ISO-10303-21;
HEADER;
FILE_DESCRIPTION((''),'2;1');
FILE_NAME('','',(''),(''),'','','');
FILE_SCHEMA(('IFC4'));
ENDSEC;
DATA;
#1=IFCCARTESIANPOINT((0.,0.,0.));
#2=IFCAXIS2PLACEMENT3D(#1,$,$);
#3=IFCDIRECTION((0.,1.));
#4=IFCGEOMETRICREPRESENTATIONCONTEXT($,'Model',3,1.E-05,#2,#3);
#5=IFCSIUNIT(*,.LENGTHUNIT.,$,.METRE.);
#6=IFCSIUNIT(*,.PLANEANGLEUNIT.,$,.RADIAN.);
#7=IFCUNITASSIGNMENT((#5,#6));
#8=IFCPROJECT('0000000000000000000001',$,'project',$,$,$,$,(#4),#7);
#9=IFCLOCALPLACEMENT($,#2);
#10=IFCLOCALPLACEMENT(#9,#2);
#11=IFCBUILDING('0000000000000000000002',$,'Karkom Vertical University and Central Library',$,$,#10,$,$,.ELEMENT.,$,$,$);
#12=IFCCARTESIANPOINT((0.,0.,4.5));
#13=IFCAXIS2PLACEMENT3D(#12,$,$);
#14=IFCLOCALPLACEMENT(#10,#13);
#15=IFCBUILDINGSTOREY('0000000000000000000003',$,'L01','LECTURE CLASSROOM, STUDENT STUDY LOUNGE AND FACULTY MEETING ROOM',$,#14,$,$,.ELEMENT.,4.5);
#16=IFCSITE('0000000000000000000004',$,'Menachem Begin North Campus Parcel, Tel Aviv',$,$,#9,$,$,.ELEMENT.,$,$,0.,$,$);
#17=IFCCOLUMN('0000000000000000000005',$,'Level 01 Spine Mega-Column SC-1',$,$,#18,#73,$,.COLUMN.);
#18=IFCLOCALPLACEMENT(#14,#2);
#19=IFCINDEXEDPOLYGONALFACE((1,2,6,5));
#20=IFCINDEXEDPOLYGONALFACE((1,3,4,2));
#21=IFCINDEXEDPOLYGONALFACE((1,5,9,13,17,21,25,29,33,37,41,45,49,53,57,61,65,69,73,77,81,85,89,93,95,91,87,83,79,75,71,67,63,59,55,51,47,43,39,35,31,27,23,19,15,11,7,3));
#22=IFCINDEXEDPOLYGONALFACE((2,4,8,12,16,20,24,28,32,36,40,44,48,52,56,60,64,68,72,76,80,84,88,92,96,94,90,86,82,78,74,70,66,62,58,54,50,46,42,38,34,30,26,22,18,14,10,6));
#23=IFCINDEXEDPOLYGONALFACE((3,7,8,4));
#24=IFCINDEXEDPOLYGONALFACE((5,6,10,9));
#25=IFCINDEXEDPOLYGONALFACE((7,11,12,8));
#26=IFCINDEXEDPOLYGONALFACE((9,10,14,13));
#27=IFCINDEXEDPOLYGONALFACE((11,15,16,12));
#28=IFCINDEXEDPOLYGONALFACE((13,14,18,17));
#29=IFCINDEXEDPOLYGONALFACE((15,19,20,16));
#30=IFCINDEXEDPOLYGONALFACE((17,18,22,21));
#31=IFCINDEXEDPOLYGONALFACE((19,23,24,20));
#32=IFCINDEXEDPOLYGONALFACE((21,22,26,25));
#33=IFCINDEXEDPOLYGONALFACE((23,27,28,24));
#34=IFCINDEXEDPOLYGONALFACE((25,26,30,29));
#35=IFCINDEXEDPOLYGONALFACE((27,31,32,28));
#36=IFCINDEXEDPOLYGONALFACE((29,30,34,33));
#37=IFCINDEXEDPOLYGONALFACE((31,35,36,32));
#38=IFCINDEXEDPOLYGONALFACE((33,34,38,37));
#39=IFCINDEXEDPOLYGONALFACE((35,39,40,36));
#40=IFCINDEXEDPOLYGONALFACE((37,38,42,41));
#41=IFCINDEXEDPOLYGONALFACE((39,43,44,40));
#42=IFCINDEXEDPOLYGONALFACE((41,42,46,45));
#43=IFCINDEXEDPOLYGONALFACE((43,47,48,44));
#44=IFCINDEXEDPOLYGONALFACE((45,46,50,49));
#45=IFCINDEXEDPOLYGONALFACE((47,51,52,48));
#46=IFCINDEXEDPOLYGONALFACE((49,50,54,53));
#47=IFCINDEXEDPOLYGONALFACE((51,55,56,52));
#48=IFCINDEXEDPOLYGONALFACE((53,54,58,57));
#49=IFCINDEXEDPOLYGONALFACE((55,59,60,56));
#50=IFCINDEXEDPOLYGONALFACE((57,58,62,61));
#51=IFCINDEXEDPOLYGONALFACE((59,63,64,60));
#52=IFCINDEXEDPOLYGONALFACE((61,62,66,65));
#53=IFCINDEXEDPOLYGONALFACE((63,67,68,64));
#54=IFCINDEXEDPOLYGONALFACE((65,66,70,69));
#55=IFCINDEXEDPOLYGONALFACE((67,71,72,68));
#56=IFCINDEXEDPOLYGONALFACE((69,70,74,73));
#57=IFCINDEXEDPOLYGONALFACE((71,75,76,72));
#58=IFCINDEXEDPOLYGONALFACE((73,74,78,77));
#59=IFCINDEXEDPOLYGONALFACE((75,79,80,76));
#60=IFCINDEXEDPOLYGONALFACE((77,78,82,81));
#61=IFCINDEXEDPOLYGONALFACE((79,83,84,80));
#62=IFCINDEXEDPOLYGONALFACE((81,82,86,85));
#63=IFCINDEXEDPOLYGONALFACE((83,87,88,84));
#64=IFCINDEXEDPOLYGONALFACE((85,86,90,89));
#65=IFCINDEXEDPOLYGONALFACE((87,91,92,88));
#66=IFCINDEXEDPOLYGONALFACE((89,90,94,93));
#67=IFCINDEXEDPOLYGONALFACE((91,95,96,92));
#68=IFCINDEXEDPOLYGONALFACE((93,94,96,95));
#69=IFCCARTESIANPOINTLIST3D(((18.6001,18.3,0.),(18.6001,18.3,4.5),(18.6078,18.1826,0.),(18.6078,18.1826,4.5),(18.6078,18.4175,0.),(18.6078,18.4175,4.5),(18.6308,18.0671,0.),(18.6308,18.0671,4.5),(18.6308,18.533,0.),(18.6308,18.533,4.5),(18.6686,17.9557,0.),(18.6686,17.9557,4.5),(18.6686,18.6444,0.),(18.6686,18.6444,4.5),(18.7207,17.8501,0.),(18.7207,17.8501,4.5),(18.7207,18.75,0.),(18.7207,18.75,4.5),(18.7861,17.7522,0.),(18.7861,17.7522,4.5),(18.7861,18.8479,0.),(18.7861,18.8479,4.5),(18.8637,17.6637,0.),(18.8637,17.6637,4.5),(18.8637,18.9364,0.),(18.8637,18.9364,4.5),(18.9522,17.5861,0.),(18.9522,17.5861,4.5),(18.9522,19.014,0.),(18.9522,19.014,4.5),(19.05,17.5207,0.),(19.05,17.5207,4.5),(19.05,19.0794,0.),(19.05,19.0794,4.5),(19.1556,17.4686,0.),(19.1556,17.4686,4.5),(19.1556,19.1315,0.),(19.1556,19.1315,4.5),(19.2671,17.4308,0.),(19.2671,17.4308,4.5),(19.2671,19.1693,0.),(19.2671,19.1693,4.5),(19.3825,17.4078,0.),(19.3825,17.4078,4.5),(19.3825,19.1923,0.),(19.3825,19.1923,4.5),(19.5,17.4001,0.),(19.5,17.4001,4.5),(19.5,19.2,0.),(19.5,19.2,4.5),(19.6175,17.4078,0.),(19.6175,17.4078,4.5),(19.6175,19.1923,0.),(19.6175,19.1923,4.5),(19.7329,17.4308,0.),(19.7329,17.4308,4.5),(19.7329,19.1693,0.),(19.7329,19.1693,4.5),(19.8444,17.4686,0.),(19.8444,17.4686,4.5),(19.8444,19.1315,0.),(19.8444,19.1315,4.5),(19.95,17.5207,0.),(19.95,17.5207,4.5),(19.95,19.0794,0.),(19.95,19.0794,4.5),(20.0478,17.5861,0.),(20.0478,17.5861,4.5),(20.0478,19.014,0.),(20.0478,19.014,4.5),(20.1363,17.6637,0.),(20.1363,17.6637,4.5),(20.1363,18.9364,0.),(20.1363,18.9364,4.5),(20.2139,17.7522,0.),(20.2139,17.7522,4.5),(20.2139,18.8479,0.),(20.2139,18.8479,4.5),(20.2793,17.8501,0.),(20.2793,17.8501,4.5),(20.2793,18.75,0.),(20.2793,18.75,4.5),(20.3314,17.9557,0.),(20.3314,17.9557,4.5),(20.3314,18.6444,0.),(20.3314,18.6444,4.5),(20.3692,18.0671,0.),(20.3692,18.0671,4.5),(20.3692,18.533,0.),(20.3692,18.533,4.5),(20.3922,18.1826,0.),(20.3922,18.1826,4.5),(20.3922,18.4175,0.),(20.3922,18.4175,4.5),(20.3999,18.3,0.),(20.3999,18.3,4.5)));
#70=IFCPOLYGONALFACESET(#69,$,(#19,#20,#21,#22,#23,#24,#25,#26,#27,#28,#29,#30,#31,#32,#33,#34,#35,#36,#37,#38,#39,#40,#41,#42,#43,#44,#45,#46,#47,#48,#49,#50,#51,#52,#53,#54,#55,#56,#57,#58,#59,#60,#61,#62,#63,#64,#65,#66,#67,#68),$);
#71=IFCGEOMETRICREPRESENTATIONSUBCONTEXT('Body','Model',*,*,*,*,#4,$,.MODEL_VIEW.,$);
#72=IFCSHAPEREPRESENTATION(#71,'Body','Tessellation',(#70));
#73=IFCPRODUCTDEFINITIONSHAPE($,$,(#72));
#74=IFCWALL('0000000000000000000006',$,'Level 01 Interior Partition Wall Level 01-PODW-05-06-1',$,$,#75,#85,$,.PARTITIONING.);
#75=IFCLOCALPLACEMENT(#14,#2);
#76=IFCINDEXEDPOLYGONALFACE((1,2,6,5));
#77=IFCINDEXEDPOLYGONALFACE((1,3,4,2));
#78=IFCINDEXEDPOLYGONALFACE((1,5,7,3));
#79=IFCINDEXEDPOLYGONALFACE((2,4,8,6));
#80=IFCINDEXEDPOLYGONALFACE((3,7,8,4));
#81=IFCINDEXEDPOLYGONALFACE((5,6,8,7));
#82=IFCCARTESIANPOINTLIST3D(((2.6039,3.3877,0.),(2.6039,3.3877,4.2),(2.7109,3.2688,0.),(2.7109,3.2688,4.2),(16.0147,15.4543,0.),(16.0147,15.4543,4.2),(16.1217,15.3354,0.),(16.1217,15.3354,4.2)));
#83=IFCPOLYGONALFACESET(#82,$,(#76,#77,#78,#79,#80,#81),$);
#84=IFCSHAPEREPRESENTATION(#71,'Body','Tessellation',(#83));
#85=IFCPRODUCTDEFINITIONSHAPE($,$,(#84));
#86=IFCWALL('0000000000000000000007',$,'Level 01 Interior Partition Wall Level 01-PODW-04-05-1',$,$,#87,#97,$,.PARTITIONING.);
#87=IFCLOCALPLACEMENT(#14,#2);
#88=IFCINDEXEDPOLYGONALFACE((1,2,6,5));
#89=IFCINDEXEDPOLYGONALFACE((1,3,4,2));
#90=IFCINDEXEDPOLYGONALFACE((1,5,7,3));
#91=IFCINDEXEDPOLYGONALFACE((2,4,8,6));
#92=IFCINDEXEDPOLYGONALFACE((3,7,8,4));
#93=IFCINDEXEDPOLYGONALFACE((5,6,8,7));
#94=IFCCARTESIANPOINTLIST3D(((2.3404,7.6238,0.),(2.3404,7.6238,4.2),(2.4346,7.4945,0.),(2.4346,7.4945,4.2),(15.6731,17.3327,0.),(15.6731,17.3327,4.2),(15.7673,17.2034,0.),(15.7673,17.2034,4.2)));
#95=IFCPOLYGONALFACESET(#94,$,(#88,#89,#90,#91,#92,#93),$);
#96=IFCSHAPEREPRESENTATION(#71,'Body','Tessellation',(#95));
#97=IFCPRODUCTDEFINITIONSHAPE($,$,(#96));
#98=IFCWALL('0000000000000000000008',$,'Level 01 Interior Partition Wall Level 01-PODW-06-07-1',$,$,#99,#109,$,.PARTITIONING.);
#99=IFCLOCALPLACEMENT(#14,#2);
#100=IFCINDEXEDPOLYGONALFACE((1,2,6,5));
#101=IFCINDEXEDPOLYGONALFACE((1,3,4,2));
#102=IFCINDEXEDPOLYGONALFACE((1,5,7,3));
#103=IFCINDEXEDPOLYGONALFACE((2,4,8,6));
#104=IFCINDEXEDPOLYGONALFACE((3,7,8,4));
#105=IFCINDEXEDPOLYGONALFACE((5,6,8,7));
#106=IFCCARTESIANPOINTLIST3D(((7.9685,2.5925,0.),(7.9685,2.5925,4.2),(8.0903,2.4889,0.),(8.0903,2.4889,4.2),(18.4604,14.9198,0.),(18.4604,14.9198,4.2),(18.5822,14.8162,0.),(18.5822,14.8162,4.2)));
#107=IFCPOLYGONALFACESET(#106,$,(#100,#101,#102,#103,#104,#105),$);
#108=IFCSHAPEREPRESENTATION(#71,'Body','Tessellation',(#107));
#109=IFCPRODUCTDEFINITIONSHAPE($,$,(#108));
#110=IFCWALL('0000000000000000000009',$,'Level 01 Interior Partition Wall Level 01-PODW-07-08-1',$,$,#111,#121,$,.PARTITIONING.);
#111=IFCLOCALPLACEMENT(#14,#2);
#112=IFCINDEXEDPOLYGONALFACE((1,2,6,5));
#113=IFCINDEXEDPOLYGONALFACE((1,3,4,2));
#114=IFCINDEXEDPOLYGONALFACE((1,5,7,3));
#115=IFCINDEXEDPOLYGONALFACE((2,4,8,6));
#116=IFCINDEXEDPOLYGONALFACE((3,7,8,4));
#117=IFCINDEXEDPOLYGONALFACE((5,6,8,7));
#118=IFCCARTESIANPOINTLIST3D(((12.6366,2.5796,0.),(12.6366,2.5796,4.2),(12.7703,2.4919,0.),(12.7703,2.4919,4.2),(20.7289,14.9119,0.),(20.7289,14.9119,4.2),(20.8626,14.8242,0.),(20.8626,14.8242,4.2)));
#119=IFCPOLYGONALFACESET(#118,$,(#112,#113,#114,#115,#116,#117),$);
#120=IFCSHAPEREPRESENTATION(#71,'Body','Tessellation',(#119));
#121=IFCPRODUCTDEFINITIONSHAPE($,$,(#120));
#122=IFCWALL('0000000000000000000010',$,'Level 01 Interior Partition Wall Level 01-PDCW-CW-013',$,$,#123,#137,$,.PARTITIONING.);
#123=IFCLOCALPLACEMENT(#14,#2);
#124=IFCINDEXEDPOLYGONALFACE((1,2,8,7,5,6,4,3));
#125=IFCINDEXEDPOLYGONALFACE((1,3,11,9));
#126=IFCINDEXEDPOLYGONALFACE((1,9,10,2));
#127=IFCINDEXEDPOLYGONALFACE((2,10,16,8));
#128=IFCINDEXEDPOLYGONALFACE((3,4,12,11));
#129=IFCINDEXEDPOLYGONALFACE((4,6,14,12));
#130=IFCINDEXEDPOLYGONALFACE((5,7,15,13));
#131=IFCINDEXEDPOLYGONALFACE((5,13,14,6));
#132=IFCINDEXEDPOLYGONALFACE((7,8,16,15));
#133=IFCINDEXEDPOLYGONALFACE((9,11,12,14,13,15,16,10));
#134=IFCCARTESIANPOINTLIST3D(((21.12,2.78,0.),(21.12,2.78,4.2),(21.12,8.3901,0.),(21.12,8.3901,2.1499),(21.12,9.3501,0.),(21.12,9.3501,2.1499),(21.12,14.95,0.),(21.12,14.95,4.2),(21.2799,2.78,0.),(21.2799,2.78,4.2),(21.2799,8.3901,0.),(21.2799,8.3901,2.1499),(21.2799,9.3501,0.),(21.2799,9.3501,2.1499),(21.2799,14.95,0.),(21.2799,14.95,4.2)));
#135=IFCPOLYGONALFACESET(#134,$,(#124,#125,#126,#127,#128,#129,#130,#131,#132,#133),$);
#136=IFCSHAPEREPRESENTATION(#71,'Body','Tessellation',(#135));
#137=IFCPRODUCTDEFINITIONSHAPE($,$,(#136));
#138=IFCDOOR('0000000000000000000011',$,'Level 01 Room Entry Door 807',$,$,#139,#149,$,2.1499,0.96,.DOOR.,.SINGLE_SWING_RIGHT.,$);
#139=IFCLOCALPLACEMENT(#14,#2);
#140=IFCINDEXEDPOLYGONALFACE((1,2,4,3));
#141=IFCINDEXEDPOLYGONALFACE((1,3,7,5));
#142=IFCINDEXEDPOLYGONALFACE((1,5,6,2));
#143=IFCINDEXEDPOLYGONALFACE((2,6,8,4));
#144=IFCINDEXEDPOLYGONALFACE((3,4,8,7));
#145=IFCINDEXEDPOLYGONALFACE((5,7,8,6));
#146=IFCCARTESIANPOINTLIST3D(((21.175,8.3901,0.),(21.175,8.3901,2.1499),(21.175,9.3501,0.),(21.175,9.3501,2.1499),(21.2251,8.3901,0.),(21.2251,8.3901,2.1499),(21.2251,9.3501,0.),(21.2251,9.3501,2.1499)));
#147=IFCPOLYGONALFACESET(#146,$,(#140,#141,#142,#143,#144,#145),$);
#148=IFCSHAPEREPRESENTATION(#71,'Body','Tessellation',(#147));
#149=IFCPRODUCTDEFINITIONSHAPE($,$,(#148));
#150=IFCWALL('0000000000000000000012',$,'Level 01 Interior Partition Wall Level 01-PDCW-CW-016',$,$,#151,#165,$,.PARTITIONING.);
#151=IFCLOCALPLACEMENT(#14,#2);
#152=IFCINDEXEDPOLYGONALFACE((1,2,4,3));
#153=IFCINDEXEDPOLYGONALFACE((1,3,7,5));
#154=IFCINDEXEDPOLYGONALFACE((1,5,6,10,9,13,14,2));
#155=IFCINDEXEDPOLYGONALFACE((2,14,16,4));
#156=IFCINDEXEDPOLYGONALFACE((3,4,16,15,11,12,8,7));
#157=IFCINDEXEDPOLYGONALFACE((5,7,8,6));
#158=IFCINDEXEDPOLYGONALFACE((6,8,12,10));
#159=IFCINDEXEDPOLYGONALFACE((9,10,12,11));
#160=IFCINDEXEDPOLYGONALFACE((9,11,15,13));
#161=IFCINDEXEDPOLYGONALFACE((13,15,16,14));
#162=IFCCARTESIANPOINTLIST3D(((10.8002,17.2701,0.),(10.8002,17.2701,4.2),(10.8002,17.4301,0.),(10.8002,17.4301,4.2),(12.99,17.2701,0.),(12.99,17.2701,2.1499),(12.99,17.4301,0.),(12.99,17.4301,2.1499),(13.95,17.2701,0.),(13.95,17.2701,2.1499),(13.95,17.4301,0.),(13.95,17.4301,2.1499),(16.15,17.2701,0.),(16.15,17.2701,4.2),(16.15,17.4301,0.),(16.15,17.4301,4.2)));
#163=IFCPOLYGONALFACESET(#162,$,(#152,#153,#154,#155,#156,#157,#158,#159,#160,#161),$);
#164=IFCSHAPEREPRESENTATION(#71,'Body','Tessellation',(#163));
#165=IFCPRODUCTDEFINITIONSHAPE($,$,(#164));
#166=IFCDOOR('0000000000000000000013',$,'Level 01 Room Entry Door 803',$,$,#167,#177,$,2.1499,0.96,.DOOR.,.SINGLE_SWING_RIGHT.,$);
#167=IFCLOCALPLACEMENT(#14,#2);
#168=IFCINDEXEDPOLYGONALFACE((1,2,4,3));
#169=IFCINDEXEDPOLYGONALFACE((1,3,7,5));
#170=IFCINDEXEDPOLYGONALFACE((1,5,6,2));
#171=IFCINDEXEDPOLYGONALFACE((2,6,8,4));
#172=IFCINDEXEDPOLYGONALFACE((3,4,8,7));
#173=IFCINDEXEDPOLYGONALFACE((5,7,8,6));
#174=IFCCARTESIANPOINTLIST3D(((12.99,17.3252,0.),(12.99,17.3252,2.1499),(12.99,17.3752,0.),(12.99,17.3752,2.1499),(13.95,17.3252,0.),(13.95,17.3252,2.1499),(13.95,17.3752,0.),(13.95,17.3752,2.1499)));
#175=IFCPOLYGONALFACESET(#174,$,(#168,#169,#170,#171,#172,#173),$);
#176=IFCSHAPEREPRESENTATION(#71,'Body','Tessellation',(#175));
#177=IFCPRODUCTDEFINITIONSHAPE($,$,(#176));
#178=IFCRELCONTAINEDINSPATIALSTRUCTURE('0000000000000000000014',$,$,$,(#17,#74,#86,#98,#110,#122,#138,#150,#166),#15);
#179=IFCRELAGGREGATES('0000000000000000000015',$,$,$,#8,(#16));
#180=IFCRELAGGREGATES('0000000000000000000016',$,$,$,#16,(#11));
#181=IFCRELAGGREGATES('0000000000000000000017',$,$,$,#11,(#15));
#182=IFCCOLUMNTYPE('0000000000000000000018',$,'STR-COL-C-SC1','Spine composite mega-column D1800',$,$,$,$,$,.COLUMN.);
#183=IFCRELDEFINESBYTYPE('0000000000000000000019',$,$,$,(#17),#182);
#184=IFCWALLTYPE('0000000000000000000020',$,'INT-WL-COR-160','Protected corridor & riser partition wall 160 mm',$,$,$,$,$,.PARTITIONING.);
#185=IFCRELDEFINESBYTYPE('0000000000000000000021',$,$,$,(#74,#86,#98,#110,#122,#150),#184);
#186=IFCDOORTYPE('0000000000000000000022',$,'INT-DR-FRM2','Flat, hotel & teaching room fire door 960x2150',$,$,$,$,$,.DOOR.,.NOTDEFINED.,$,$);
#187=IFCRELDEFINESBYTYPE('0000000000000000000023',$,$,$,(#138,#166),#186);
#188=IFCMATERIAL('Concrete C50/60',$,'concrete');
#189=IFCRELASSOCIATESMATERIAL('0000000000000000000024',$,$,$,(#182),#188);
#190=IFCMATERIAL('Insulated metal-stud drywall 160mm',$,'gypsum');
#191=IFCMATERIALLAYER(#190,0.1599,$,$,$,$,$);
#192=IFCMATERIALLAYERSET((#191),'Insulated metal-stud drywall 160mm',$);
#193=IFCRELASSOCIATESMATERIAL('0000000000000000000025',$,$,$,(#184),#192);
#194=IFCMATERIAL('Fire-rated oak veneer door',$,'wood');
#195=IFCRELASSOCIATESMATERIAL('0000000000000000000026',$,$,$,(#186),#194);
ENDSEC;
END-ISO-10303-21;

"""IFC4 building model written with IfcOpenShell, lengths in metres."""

from ifc_helpers import new_model, si_unit, direction, frame, frame_2d, origin, origin_with_axes, origin_2d, place, context, subcontext, project, spatial, rectangle, circle, extrude, source, transform, mapped, material, layer, layer_set, material_profile, profile_set, type_object, element, fill, save


model = new_model("IFC4")

# Units and contexts
model_context = context("Model", 3, precision=1e-05, world=origin(), true_north=direction((0.0, 1.0)))
body_context = subcontext(model_context, "Body", "Model", "MODEL_VIEW")
ifc_project = project(units=[si_unit("LENGTHUNIT", "METRE"), si_unit("PLANEANGLEUNIT", "RADIAN")], contexts=[model_context])

# Site, building, storey
site_placement = place(None, origin())
site = spatial("IfcSite", under=ifc_project, at=site_placement, Name="Menachem Begin North Campus Parcel, Tel Aviv", CompositionType="ELEMENT", RefElevation=0.0)
building_placement = place(site_placement, origin())
building = spatial("IfcBuilding", under=site, at=building_placement, Name="Karkom Vertical University and Central Library", CompositionType="ELEMENT")
storey_placement = place(building_placement, frame((0.0, 0.0, 4.5)))
storey = spatial("IfcBuildingStorey", under=building, at=storey_placement, Name="L01", Description="LECTURE CLASSROOM, STUDENT STUDY LOUNGE AND FACULTY MEETING ROOM", CompositionType="ELEMENT", Elevation=4.5)

# Column
ifc_material_1 = material(Name="Concrete C50/60", Category="concrete")
ifc_material_profile = material_profile(ifc_material_1, circle(Radius=0.8999, at=origin_2d()), Name="CFT-D1800")
ifc_profile_set = profile_set([ifc_material_profile], Name="Concrete C50/60")
column_type = type_object("IfcColumnType", Name="STR-COL-C-SC1", Description="Spine composite mega-column D1800", PredefinedType="COLUMN", material=ifc_profile_set)
shared_shape_1 = source(origin_with_axes(), body_context, "Body", "SweptSolid", [
    extrude(circle(Radius=0.8999, at=origin_2d()), origin(), (0.0, 0.0, 1.0), 4.5),
])
column_placement = place(storey_placement, frame((19.5, 18.3, 0.0), z_axis=(0.0, 0.0, 1.0), x_axis=(1.0, 0.0, 0.0)))
element("IfcColumn", 1, at=column_placement, inside=storey, type_object=column_type, Name="Level 01 Spine Mega-Column SC-1", PredefinedType="COLUMN", context=body_context, shape_type="MappedRepresentation", body=[
    mapped(shared_shape_1, transform((0.0, 0.0, 0.0), scale=1.0)),
])

# Walls
ifc_material_2 = material(Name="Insulated metal-stud drywall 160mm", Category="gypsum")
ifc_layer_1 = layer(ifc_material_2, 0.1599)
ifc_layer_set_1 = layer_set([ifc_layer_1], Name="Insulated metal-stud drywall 160mm")
wall_type_1 = type_object("IfcWallType", Name="INT-WL-COR-160", Description="Protected corridor & riser partition wall 160 mm", PredefinedType="PARTITIONING", material=ifc_layer_set_1)
wall_1_placement = place(storey_placement, frame((16.0681, 15.3948, 0.0), z_axis=(0.0, 0.0, 1.0), x_axis=(-0.743381, -0.668868, 0.0)))
element("IfcWall", 2, at=wall_1_placement, inside=storey, type_object=wall_type_1, Name="Level 01 Interior Partition Wall Level 01-PODW-05-06-1", PredefinedType="PARTITIONING", context=body_context, shape_type="SweptSolid", body=[
    extrude(rectangle(XDim=18.0403, YDim=0.1599, at=frame_2d((9.02, 0.0))), origin(), (0.0, 0.0, 1.0), 4.2),
])
wall_2_placement = place(storey_placement, frame((15.7202, 17.2681, 0.0), z_axis=(0.0, 0.0, 1.0), x_axis=(-0.808377, -0.588664, 0.0)))
element("IfcWall", 3, at=wall_2_placement, inside=storey, type_object=wall_type_1, Name="Level 01 Interior Partition Wall Level 01-PODW-04-05-1", PredefinedType="PARTITIONING", context=body_context, shape_type="SweptSolid", body=[
    extrude(rectangle(XDim=16.4932, YDim=0.1599, at=frame_2d((8.2466, 0.0))), origin(), (0.0, 0.0, 1.0), 4.2),
])
wall_3_placement = place(storey_placement, frame((18.5212, 14.8679, 0.0), z_axis=(0.0, 0.0, 1.0), x_axis=(-0.648138, -0.761523, 0.0)))
element("IfcWall", 4, at=wall_3_placement, inside=storey, type_object=wall_type_1, Name="Level 01 Interior Partition Wall Level 01-PODW-06-07-1", PredefinedType="PARTITIONING", context=body_context, shape_type="SweptSolid", body=[
    extrude(rectangle(XDim=16.1877, YDim=0.1599, at=frame_2d((8.0938, 0.0))), origin(), (0.0, 0.0, 1.0), 4.2),
])
wall_4_placement = place(storey_placement, frame((20.7957, 14.8679, 0.0), z_axis=(0.0, 0.0, 1.0), x_axis=(-0.54862, -0.836072, 0.0)))
element("IfcWall", 5, at=wall_4_placement, inside=storey, type_object=wall_type_1, Name="Level 01 Interior Partition Wall Level 01-PODW-07-08-1", PredefinedType="PARTITIONING", context=body_context, shape_type="SweptSolid", body=[
    extrude(rectangle(XDim=14.7502, YDim=0.1599, at=frame_2d((7.375, 0.0))), origin(), (0.0, 0.0, 1.0), 4.2),
])

# Walls, openings, doors
wall_5_placement = place(storey_placement, frame((21.2, 2.78, 0.0), z_axis=(0.0, 0.0, 1.0), x_axis=(0.0, 1.0, 0.0)))
wall_5 = element("IfcWall", 6, at=wall_5_placement, inside=storey, type_object=wall_type_1, Name="Level 01 Interior Partition Wall Level 01-PDCW-CW-013", PredefinedType="PARTITIONING", context=body_context, shape_type="SweptSolid", body=[
    extrude(rectangle(XDim=12.1699, YDim=0.1599, at=frame_2d((6.085, 0.0))), origin(), (0.0, 0.0, 1.0), 4.2),
])
opening_1_placement = place(wall_5_placement, frame((5.6101, 0.0, 0.0)))
opening_1 = element("IfcOpeningElement", 7, at=opening_1_placement, cuts=wall_5, PredefinedType="OPENING", context=body_context, shape_type="SweptSolid", body=[
    extrude(rectangle(XDim=0.96, YDim=2.1499, at=frame_2d((0.48, 1.075))), frame((0.0, 0.0898, 0.0), z_axis=(0.0, -1.0, 0.0), x_axis=(1.0, 0.0, 0.0)), (0.0, 0.0, 1.0), 0.1799),
])
ifc_material_3 = material(Name="Fire-rated oak veneer door", Category="wood")
door_type_1 = type_object("IfcDoorType", Name="INT-DR-FRM2", Description="Flat, hotel & teaching room fire door 960x2150", OperationType="NOTDEFINED", PredefinedType="DOOR", material=ifc_material_3)
shared_shape_2 = source(origin_with_axes(), body_context, "Body", "SweptSolid", [
    extrude(rectangle(XDim=0.96, YDim=2.1499, at=frame_2d((0.48, 1.075))), frame((0.0, 0.0249, 0.0), z_axis=(0.0, -1.0, 0.0), x_axis=(1.0, 0.0, 0.0)), (0.0, 0.0, 1.0), 0.05),
])
door_1_placement = place(opening_1_placement, origin())
door_1 = element("IfcDoor", 8, at=door_1_placement, inside=storey, type_object=door_type_1, Name="Level 01 Room Entry Door 807", OperationType="SINGLE_SWING_RIGHT", OverallHeight=2.1499, OverallWidth=0.96, PredefinedType="DOOR", context=body_context, shape_type="MappedRepresentation", body=[
    mapped(shared_shape_2, transform((0.0, 0.0, 0.0), scale=1.0)),
])
fill(opening_1, door_1)
wall_6_placement = place(storey_placement, frame((16.1499, 17.3501, 0.0), z_axis=(0.0, 0.0, 1.0), x_axis=(-1.0, 0.0, 0.0)))
wall_6 = element("IfcWall", 9, at=wall_6_placement, inside=storey, type_object=wall_type_1, Name="Level 01 Interior Partition Wall Level 01-PDCW-CW-016", PredefinedType="PARTITIONING", context=body_context, shape_type="SweptSolid", body=[
    extrude(rectangle(XDim=5.3499, YDim=0.1599, at=frame_2d((2.6748, 0.0))), origin(), (0.0, 0.0, 1.0), 4.2),
])
opening_2_placement = place(wall_6_placement, frame((2.2, 0.0, 0.0)))
opening_2 = element("IfcOpeningElement", 10, at=opening_2_placement, cuts=wall_6, PredefinedType="OPENING", context=body_context, shape_type="SweptSolid", body=[
    extrude(rectangle(XDim=0.96, YDim=2.1499, at=frame_2d((0.48, 1.075))), frame((0.0, 0.0898, 0.0), z_axis=(0.0, -1.0, 0.0), x_axis=(1.0, 0.0, 0.0)), (0.0, 0.0, 1.0), 0.1799),
])
door_2_placement = place(opening_2_placement, origin())
door_2 = element("IfcDoor", 11, at=door_2_placement, inside=storey, type_object=door_type_1, Name="Level 01 Room Entry Door 803", OperationType="SINGLE_SWING_RIGHT", OverallHeight=2.1499, OverallWidth=0.96, PredefinedType="DOOR", context=body_context, shape_type="MappedRepresentation", body=[
    mapped(shared_shape_2, transform((0.0, 0.0, 0.0), scale=1.0)),
])
fill(opening_2, door_2)

save(model, "model.ifc")
